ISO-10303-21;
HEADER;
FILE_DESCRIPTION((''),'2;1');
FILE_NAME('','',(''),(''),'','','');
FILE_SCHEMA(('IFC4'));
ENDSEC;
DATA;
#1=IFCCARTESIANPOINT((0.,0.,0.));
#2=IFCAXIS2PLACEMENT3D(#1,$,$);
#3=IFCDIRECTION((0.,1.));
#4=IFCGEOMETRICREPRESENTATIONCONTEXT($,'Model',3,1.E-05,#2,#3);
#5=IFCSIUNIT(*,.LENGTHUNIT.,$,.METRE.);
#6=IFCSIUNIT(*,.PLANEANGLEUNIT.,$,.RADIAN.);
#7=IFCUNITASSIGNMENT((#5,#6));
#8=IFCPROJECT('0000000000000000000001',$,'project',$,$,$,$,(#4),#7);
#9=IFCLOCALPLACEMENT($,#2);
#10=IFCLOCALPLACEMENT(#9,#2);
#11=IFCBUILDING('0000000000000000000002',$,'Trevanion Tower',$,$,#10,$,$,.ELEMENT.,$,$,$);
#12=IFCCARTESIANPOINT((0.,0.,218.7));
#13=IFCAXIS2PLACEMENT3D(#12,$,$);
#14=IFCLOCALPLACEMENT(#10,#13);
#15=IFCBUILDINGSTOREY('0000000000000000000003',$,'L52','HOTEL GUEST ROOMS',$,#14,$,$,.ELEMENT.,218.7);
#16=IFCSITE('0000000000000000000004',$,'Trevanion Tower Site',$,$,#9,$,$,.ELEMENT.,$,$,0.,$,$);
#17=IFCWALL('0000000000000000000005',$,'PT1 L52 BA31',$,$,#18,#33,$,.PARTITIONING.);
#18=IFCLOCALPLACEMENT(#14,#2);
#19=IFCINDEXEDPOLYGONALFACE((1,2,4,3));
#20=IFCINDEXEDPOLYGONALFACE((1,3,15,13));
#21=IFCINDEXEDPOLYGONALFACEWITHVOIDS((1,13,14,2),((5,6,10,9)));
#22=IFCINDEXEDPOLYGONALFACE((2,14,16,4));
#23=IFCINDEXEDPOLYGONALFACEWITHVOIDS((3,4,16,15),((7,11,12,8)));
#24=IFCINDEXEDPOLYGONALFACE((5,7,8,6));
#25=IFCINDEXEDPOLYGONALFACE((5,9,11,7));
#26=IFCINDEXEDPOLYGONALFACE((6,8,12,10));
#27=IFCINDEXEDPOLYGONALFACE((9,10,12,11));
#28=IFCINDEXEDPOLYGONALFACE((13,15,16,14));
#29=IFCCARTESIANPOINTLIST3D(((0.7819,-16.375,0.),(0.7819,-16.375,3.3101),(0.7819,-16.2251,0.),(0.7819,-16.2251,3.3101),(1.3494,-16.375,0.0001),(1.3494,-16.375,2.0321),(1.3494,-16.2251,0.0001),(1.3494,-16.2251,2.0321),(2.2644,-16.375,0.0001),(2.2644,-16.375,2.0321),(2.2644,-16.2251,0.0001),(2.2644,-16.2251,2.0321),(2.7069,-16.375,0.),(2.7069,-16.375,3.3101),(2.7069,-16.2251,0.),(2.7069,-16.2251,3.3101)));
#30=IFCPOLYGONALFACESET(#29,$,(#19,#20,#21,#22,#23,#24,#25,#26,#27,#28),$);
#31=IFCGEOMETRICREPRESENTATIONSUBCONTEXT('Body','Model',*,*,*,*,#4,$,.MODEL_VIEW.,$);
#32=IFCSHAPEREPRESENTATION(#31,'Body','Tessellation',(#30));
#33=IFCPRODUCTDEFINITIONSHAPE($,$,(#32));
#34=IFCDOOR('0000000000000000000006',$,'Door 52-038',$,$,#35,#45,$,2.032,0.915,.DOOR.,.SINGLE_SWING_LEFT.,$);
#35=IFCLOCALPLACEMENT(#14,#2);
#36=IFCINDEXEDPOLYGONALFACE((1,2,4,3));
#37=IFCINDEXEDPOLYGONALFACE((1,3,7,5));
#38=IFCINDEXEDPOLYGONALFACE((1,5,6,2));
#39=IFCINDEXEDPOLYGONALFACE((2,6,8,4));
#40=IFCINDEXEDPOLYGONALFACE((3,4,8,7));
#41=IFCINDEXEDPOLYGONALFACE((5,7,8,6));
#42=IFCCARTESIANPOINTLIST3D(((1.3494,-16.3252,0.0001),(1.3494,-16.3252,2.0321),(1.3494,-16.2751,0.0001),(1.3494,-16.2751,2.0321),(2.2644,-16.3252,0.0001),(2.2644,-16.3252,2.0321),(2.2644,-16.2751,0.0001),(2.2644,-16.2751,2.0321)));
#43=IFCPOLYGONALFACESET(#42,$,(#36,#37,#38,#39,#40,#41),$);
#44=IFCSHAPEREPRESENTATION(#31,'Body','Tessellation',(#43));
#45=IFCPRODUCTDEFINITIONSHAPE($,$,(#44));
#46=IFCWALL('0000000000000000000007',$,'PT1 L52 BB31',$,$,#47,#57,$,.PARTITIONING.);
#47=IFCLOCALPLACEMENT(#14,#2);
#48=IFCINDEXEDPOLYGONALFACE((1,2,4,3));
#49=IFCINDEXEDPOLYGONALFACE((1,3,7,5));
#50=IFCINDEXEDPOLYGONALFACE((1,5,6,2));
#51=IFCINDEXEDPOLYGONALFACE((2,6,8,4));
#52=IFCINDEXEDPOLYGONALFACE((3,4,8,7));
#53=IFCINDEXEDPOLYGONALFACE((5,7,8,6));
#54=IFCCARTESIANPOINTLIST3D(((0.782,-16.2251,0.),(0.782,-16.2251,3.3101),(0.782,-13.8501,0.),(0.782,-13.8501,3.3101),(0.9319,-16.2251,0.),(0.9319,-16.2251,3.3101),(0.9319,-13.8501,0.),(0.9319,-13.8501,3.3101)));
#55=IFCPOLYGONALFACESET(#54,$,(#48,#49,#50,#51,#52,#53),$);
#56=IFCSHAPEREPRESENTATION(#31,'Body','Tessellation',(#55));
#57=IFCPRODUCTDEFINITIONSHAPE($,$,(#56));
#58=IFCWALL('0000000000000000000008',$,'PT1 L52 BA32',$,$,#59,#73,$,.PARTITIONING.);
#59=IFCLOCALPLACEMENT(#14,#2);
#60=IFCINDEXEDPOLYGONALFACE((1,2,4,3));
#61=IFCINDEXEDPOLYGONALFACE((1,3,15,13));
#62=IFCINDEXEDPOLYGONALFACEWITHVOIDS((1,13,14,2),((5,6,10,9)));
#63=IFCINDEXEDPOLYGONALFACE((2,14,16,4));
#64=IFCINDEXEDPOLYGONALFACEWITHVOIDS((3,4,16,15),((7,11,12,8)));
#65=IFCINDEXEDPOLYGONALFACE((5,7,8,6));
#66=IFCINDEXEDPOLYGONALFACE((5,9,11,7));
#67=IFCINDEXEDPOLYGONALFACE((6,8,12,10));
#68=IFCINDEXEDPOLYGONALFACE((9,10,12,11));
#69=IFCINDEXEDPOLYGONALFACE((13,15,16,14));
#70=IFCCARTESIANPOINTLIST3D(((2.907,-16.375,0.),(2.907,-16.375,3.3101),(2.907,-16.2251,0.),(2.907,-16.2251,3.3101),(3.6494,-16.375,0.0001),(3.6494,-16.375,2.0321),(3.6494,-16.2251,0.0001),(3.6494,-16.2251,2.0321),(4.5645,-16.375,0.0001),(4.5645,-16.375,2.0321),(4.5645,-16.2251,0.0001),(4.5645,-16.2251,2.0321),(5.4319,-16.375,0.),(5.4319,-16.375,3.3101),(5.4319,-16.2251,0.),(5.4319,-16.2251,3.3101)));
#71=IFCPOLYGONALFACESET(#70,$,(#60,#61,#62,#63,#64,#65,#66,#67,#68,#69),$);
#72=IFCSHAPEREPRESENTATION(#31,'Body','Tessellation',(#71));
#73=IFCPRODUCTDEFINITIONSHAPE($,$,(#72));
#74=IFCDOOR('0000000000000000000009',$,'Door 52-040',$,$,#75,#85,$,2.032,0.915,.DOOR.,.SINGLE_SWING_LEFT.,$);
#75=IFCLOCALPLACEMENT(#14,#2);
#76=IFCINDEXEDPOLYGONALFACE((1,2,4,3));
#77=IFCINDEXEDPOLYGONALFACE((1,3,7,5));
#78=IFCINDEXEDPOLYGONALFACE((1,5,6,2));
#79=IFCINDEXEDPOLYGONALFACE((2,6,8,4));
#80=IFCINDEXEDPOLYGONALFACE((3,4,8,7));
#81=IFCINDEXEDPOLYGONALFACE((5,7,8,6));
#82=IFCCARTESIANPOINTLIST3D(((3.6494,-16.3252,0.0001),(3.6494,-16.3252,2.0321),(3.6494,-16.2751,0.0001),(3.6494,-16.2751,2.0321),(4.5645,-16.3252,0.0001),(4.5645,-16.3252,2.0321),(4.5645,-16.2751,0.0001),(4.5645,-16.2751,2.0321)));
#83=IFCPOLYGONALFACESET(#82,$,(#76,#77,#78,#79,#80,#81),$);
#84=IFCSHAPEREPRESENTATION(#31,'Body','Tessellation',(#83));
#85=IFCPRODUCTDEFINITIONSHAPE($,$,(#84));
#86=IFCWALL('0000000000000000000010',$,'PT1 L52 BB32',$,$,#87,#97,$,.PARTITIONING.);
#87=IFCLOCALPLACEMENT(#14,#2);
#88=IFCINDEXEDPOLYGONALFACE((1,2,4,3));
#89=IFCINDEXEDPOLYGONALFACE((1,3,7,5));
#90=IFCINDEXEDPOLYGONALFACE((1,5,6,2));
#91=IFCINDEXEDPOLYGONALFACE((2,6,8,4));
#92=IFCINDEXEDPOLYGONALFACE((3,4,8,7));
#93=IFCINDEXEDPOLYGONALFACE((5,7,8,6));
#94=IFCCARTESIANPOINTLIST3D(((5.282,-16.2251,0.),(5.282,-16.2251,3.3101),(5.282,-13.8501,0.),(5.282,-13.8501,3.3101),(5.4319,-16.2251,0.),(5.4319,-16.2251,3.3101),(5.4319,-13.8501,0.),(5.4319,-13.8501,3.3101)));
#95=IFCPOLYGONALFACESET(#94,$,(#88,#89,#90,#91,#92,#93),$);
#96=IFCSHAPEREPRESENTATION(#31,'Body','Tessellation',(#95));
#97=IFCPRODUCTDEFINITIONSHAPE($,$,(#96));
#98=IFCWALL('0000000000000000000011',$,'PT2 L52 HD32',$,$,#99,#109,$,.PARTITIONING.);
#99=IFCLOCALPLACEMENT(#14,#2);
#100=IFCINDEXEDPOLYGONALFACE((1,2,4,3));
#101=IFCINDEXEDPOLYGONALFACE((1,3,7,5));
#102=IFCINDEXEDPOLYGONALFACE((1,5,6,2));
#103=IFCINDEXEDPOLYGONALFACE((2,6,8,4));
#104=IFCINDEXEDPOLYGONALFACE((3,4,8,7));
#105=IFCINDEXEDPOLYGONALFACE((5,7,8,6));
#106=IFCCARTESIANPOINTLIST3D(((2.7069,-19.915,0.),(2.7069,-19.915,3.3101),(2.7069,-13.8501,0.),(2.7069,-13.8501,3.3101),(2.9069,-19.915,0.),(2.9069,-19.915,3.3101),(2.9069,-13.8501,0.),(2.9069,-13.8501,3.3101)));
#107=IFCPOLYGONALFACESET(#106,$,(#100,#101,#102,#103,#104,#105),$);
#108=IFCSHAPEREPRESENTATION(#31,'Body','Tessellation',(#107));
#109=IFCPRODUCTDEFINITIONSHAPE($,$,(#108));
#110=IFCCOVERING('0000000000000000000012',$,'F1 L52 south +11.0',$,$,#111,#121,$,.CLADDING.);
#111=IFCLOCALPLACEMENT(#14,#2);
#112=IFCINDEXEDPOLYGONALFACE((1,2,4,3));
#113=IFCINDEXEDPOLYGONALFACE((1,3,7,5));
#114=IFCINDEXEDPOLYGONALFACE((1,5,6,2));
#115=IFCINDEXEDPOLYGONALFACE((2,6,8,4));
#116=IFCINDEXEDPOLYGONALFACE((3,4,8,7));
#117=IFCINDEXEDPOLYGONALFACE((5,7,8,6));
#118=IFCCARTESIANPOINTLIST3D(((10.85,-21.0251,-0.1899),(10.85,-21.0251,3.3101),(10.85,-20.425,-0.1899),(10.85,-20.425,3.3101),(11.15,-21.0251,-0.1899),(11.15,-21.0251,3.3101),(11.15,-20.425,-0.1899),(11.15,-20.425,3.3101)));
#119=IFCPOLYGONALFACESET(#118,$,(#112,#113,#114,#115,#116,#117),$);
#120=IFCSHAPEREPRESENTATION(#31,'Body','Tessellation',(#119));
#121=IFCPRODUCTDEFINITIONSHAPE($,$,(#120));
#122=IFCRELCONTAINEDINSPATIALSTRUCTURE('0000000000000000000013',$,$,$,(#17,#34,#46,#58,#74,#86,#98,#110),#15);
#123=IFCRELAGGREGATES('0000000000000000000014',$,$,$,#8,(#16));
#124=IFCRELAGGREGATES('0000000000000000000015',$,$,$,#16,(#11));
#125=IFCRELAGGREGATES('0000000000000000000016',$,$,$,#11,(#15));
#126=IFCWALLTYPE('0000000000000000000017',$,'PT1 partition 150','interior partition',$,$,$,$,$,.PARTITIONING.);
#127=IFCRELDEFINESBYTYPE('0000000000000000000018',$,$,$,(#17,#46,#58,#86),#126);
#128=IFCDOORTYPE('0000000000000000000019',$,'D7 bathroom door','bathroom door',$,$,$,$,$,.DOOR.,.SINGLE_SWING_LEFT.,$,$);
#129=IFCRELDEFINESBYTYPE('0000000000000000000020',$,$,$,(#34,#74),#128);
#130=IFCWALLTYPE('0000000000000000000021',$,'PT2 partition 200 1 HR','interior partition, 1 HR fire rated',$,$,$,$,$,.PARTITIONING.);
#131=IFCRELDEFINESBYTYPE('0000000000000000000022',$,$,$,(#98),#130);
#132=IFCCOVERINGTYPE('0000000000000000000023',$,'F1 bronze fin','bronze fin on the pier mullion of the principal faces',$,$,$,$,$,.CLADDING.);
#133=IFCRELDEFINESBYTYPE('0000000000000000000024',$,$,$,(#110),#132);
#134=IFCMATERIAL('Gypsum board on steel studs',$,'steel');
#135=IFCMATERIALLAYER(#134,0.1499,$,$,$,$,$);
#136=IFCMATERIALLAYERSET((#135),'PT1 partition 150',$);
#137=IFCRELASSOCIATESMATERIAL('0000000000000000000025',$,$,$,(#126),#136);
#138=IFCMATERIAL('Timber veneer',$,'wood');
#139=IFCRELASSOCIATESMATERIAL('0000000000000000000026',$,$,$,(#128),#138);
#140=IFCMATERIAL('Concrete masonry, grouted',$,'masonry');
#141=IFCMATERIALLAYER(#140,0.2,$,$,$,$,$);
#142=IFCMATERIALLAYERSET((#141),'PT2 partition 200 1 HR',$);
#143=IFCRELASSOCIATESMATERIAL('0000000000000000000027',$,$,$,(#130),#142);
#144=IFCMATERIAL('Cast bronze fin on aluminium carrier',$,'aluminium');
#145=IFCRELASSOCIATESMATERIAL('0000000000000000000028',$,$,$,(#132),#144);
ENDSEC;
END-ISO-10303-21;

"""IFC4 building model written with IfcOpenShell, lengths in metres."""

from ifc_helpers import new_model, si_unit, direction, frame, frame_2d, origin, origin_2d, place, context, subcontext, project, spatial, rectangle, extrude, material, layer, layer_set, type_object, element, fill, save


model = new_model("IFC4")

# Units and contexts
model_context = context("Model", 3, precision=1e-05, world=origin(), true_north=direction((0.0, 1.0)))
body_context = subcontext(model_context, "Body", "Model", "MODEL_VIEW")
ifc_project = project(units=[si_unit("LENGTHUNIT", "METRE"), si_unit("PLANEANGLEUNIT", "RADIAN")], contexts=[model_context])

# Site, building, storey
site_placement = place(None, origin())
site = spatial("IfcSite", under=ifc_project, at=site_placement, Name="Trevanion Tower Site", CompositionType="ELEMENT", RefElevation=0.0)
building_placement = place(site_placement, origin())
building = spatial("IfcBuilding", under=site, at=building_placement, Name="Trevanion Tower", CompositionType="ELEMENT")
storey_placement = place(building_placement, frame((0.0, 0.0, 218.7)))
storey = spatial("IfcBuildingStorey", under=building, at=storey_placement, Name="L52", Description="HOTEL GUEST ROOMS", CompositionType="ELEMENT", Elevation=218.7)

# Wall, opening, door
ifc_material_1 = material(Name="Gypsum board on steel studs", Category="steel")
ifc_layer_1 = layer(ifc_material_1, 0.1499)
ifc_layer_set_1 = layer_set([ifc_layer_1], Name="PT1 partition 150")
wall_type_1 = type_object("IfcWallType", Name="PT1 partition 150", Description="interior partition", PredefinedType="PARTITIONING", material=ifc_layer_set_1)
wall_1_placement = place(storey_placement, frame((0.782, -16.3, 0.0), z_axis=(0.0, 0.0, 1.0), x_axis=(1.0, 0.0, 0.0)))
wall_1 = element("IfcWall", 1, at=wall_1_placement, inside=storey, type_object=wall_type_1, Name="PT1 L52 BA31", PredefinedType="PARTITIONING", context=body_context, shape_type="SweptSolid", body=[
    extrude(rectangle(XDim=1.925, YDim=0.1499, at=frame_2d((0.9624, 0.0))), origin(), (0.0, 0.0, 1.0), 3.3101),
])
opening_1_placement = place(wall_1_placement, frame((0.5674, 0.0, 0.0)))
opening_1 = element("IfcOpeningElement", 2, at=opening_1_placement, cuts=wall_1, PredefinedType="OPENING", context=body_context, shape_type="SweptSolid", body=[
    extrude(rectangle(XDim=0.915, YDim=2.032, at=frame_2d((0.4575, 1.0161))), frame((0.0, 0.085, 0.0), z_axis=(0.0, -1.0, 0.0), x_axis=(1.0, 0.0, 0.0)), (0.0, 0.0, 1.0), 0.1699),
])
ifc_material_2 = material(Name="Timber veneer", Category="wood")
door_type = type_object("IfcDoorType", Name="D7 bathroom door", Description="bathroom door", OperationType="SINGLE_SWING_LEFT", PredefinedType="DOOR", material=ifc_material_2)
door_1_placement = place(opening_1_placement, origin())
door_1 = element("IfcDoor", 3, at=door_1_placement, inside=storey, type_object=door_type, Name="Door 52-038", OperationType="SINGLE_SWING_LEFT", OverallHeight=2.032, OverallWidth=0.915, PredefinedType="DOOR", context=body_context, shape_type="SweptSolid", body=[
    extrude(rectangle(XDim=0.915, YDim=2.032, at=frame_2d((0.4575, 1.0161))), frame((0.0, 0.0249, 0.0), z_axis=(0.0, -1.0, 0.0), x_axis=(1.0, 0.0, 0.0)), (0.0, 0.0, 1.0), 0.05),
])
fill(opening_1, door_1)

# Wall
wall_2_placement = place(storey_placement, frame((0.8569, -13.8501, 0.0), z_axis=(0.0, 0.0, 1.0), x_axis=(0.0, -1.0, 0.0)))
element("IfcWall", 4, at=wall_2_placement, inside=storey, type_object=wall_type_1, Name="PT1 L52 BB31", PredefinedType="PARTITIONING", context=body_context, shape_type="SweptSolid", body=[
    extrude(rectangle(XDim=2.375, YDim=0.1499, at=frame_2d((1.1875, 0.0))), origin(), (0.0, 0.0, 1.0), 3.3101),
])

# Wall, opening, door
wall_3_placement = place(storey_placement, frame((2.907, -16.3, 0.0), z_axis=(0.0, 0.0, 1.0), x_axis=(1.0, 0.0, 0.0)))
wall_3 = element("IfcWall", 5, at=wall_3_placement, inside=storey, type_object=wall_type_1, Name="PT1 L52 BA32", PredefinedType="PARTITIONING", context=body_context, shape_type="SweptSolid", body=[
    extrude(rectangle(XDim=2.5249, YDim=0.1499, at=frame_2d((1.2625, 0.0))), origin(), (0.0, 0.0, 1.0), 3.3101),
])
opening_2_placement = place(wall_3_placement, frame((0.7424, 0.0, 0.0)))
opening_2 = element("IfcOpeningElement", 6, at=opening_2_placement, cuts=wall_3, PredefinedType="OPENING", context=body_context, shape_type="SweptSolid", body=[
    extrude(rectangle(XDim=0.915, YDim=2.032, at=frame_2d((0.4575, 1.0161))), frame((0.0, 0.085, 0.0), z_axis=(0.0, -1.0, 0.0), x_axis=(1.0, 0.0, 0.0)), (0.0, 0.0, 1.0), 0.1699),
])
door_2_placement = place(opening_2_placement, origin())
door_2 = element("IfcDoor", 7, at=door_2_placement, inside=storey, type_object=door_type, Name="Door 52-040", OperationType="SINGLE_SWING_LEFT", OverallHeight=2.032, OverallWidth=0.915, PredefinedType="DOOR", context=body_context, shape_type="SweptSolid", body=[
    extrude(rectangle(XDim=0.915, YDim=2.032, at=frame_2d((0.4575, 1.0161))), frame((0.0, 0.0249, 0.0), z_axis=(0.0, -1.0, 0.0), x_axis=(1.0, 0.0, 0.0)), (0.0, 0.0, 1.0), 0.05),
])
fill(opening_2, door_2)

# Walls
wall_4_placement = place(storey_placement, frame((5.3569, -13.8501, 0.0), z_axis=(0.0, 0.0, 1.0), x_axis=(0.0, -1.0, 0.0)))
element("IfcWall", 8, at=wall_4_placement, inside=storey, type_object=wall_type_1, Name="PT1 L52 BB32", PredefinedType="PARTITIONING", context=body_context, shape_type="SweptSolid", body=[
    extrude(rectangle(XDim=2.375, YDim=0.1499, at=frame_2d((1.1875, 0.0))), origin(), (0.0, 0.0, 1.0), 3.3101),
])
ifc_material_3 = material(Name="Concrete masonry, grouted", Category="masonry")
ifc_layer_2 = layer(ifc_material_3, 0.2)
ifc_layer_set_2 = layer_set([ifc_layer_2], Name="PT2 partition 200 1 HR")
wall_type_2 = type_object("IfcWallType", Name="PT2 partition 200 1 HR", Description="interior partition, 1 HR fire rated", PredefinedType="PARTITIONING", material=ifc_layer_set_2)
wall_5_placement = place(storey_placement, frame((2.8069, -13.8501, 0.0), z_axis=(0.0, 0.0, 1.0), x_axis=(0.0, -1.0, 0.0)))
element("IfcWall", 9, at=wall_5_placement, inside=storey, type_object=wall_type_2, Name="PT2 L52 HD32", PredefinedType="PARTITIONING", context=body_context, shape_type="SweptSolid", body=[
    extrude(rectangle(XDim=6.0649, YDim=0.2, at=frame_2d((3.0325, 0.0))), origin(), (0.0, 0.0, 1.0), 3.3101),
])

# Covering
ifc_material_4 = material(Name="Cast bronze fin on aluminium carrier", Category="aluminium")
covering_type = type_object("IfcCoveringType", Name="F1 bronze fin", Description="bronze fin on the pier mullion of the principal faces", PredefinedType="CLADDING", material=ifc_material_4)
covering_placement = place(storey_placement, frame((11.0, -20.7251, -0.1899), z_axis=(0.0, 0.0, 1.0), x_axis=(1.0, 0.0, 0.0)))
element("IfcCovering", 10, at=covering_placement, inside=storey, type_object=covering_type, Name="F1 L52 south +11.0", PredefinedType="CLADDING", context=body_context, shape_type="SweptSolid", body=[
    extrude(rectangle(XDim=0.3, YDim=0.6001, at=origin_2d()), origin(), (0.0, 0.0, 1.0), 3.5),
])

save(model, "model.ifc")
